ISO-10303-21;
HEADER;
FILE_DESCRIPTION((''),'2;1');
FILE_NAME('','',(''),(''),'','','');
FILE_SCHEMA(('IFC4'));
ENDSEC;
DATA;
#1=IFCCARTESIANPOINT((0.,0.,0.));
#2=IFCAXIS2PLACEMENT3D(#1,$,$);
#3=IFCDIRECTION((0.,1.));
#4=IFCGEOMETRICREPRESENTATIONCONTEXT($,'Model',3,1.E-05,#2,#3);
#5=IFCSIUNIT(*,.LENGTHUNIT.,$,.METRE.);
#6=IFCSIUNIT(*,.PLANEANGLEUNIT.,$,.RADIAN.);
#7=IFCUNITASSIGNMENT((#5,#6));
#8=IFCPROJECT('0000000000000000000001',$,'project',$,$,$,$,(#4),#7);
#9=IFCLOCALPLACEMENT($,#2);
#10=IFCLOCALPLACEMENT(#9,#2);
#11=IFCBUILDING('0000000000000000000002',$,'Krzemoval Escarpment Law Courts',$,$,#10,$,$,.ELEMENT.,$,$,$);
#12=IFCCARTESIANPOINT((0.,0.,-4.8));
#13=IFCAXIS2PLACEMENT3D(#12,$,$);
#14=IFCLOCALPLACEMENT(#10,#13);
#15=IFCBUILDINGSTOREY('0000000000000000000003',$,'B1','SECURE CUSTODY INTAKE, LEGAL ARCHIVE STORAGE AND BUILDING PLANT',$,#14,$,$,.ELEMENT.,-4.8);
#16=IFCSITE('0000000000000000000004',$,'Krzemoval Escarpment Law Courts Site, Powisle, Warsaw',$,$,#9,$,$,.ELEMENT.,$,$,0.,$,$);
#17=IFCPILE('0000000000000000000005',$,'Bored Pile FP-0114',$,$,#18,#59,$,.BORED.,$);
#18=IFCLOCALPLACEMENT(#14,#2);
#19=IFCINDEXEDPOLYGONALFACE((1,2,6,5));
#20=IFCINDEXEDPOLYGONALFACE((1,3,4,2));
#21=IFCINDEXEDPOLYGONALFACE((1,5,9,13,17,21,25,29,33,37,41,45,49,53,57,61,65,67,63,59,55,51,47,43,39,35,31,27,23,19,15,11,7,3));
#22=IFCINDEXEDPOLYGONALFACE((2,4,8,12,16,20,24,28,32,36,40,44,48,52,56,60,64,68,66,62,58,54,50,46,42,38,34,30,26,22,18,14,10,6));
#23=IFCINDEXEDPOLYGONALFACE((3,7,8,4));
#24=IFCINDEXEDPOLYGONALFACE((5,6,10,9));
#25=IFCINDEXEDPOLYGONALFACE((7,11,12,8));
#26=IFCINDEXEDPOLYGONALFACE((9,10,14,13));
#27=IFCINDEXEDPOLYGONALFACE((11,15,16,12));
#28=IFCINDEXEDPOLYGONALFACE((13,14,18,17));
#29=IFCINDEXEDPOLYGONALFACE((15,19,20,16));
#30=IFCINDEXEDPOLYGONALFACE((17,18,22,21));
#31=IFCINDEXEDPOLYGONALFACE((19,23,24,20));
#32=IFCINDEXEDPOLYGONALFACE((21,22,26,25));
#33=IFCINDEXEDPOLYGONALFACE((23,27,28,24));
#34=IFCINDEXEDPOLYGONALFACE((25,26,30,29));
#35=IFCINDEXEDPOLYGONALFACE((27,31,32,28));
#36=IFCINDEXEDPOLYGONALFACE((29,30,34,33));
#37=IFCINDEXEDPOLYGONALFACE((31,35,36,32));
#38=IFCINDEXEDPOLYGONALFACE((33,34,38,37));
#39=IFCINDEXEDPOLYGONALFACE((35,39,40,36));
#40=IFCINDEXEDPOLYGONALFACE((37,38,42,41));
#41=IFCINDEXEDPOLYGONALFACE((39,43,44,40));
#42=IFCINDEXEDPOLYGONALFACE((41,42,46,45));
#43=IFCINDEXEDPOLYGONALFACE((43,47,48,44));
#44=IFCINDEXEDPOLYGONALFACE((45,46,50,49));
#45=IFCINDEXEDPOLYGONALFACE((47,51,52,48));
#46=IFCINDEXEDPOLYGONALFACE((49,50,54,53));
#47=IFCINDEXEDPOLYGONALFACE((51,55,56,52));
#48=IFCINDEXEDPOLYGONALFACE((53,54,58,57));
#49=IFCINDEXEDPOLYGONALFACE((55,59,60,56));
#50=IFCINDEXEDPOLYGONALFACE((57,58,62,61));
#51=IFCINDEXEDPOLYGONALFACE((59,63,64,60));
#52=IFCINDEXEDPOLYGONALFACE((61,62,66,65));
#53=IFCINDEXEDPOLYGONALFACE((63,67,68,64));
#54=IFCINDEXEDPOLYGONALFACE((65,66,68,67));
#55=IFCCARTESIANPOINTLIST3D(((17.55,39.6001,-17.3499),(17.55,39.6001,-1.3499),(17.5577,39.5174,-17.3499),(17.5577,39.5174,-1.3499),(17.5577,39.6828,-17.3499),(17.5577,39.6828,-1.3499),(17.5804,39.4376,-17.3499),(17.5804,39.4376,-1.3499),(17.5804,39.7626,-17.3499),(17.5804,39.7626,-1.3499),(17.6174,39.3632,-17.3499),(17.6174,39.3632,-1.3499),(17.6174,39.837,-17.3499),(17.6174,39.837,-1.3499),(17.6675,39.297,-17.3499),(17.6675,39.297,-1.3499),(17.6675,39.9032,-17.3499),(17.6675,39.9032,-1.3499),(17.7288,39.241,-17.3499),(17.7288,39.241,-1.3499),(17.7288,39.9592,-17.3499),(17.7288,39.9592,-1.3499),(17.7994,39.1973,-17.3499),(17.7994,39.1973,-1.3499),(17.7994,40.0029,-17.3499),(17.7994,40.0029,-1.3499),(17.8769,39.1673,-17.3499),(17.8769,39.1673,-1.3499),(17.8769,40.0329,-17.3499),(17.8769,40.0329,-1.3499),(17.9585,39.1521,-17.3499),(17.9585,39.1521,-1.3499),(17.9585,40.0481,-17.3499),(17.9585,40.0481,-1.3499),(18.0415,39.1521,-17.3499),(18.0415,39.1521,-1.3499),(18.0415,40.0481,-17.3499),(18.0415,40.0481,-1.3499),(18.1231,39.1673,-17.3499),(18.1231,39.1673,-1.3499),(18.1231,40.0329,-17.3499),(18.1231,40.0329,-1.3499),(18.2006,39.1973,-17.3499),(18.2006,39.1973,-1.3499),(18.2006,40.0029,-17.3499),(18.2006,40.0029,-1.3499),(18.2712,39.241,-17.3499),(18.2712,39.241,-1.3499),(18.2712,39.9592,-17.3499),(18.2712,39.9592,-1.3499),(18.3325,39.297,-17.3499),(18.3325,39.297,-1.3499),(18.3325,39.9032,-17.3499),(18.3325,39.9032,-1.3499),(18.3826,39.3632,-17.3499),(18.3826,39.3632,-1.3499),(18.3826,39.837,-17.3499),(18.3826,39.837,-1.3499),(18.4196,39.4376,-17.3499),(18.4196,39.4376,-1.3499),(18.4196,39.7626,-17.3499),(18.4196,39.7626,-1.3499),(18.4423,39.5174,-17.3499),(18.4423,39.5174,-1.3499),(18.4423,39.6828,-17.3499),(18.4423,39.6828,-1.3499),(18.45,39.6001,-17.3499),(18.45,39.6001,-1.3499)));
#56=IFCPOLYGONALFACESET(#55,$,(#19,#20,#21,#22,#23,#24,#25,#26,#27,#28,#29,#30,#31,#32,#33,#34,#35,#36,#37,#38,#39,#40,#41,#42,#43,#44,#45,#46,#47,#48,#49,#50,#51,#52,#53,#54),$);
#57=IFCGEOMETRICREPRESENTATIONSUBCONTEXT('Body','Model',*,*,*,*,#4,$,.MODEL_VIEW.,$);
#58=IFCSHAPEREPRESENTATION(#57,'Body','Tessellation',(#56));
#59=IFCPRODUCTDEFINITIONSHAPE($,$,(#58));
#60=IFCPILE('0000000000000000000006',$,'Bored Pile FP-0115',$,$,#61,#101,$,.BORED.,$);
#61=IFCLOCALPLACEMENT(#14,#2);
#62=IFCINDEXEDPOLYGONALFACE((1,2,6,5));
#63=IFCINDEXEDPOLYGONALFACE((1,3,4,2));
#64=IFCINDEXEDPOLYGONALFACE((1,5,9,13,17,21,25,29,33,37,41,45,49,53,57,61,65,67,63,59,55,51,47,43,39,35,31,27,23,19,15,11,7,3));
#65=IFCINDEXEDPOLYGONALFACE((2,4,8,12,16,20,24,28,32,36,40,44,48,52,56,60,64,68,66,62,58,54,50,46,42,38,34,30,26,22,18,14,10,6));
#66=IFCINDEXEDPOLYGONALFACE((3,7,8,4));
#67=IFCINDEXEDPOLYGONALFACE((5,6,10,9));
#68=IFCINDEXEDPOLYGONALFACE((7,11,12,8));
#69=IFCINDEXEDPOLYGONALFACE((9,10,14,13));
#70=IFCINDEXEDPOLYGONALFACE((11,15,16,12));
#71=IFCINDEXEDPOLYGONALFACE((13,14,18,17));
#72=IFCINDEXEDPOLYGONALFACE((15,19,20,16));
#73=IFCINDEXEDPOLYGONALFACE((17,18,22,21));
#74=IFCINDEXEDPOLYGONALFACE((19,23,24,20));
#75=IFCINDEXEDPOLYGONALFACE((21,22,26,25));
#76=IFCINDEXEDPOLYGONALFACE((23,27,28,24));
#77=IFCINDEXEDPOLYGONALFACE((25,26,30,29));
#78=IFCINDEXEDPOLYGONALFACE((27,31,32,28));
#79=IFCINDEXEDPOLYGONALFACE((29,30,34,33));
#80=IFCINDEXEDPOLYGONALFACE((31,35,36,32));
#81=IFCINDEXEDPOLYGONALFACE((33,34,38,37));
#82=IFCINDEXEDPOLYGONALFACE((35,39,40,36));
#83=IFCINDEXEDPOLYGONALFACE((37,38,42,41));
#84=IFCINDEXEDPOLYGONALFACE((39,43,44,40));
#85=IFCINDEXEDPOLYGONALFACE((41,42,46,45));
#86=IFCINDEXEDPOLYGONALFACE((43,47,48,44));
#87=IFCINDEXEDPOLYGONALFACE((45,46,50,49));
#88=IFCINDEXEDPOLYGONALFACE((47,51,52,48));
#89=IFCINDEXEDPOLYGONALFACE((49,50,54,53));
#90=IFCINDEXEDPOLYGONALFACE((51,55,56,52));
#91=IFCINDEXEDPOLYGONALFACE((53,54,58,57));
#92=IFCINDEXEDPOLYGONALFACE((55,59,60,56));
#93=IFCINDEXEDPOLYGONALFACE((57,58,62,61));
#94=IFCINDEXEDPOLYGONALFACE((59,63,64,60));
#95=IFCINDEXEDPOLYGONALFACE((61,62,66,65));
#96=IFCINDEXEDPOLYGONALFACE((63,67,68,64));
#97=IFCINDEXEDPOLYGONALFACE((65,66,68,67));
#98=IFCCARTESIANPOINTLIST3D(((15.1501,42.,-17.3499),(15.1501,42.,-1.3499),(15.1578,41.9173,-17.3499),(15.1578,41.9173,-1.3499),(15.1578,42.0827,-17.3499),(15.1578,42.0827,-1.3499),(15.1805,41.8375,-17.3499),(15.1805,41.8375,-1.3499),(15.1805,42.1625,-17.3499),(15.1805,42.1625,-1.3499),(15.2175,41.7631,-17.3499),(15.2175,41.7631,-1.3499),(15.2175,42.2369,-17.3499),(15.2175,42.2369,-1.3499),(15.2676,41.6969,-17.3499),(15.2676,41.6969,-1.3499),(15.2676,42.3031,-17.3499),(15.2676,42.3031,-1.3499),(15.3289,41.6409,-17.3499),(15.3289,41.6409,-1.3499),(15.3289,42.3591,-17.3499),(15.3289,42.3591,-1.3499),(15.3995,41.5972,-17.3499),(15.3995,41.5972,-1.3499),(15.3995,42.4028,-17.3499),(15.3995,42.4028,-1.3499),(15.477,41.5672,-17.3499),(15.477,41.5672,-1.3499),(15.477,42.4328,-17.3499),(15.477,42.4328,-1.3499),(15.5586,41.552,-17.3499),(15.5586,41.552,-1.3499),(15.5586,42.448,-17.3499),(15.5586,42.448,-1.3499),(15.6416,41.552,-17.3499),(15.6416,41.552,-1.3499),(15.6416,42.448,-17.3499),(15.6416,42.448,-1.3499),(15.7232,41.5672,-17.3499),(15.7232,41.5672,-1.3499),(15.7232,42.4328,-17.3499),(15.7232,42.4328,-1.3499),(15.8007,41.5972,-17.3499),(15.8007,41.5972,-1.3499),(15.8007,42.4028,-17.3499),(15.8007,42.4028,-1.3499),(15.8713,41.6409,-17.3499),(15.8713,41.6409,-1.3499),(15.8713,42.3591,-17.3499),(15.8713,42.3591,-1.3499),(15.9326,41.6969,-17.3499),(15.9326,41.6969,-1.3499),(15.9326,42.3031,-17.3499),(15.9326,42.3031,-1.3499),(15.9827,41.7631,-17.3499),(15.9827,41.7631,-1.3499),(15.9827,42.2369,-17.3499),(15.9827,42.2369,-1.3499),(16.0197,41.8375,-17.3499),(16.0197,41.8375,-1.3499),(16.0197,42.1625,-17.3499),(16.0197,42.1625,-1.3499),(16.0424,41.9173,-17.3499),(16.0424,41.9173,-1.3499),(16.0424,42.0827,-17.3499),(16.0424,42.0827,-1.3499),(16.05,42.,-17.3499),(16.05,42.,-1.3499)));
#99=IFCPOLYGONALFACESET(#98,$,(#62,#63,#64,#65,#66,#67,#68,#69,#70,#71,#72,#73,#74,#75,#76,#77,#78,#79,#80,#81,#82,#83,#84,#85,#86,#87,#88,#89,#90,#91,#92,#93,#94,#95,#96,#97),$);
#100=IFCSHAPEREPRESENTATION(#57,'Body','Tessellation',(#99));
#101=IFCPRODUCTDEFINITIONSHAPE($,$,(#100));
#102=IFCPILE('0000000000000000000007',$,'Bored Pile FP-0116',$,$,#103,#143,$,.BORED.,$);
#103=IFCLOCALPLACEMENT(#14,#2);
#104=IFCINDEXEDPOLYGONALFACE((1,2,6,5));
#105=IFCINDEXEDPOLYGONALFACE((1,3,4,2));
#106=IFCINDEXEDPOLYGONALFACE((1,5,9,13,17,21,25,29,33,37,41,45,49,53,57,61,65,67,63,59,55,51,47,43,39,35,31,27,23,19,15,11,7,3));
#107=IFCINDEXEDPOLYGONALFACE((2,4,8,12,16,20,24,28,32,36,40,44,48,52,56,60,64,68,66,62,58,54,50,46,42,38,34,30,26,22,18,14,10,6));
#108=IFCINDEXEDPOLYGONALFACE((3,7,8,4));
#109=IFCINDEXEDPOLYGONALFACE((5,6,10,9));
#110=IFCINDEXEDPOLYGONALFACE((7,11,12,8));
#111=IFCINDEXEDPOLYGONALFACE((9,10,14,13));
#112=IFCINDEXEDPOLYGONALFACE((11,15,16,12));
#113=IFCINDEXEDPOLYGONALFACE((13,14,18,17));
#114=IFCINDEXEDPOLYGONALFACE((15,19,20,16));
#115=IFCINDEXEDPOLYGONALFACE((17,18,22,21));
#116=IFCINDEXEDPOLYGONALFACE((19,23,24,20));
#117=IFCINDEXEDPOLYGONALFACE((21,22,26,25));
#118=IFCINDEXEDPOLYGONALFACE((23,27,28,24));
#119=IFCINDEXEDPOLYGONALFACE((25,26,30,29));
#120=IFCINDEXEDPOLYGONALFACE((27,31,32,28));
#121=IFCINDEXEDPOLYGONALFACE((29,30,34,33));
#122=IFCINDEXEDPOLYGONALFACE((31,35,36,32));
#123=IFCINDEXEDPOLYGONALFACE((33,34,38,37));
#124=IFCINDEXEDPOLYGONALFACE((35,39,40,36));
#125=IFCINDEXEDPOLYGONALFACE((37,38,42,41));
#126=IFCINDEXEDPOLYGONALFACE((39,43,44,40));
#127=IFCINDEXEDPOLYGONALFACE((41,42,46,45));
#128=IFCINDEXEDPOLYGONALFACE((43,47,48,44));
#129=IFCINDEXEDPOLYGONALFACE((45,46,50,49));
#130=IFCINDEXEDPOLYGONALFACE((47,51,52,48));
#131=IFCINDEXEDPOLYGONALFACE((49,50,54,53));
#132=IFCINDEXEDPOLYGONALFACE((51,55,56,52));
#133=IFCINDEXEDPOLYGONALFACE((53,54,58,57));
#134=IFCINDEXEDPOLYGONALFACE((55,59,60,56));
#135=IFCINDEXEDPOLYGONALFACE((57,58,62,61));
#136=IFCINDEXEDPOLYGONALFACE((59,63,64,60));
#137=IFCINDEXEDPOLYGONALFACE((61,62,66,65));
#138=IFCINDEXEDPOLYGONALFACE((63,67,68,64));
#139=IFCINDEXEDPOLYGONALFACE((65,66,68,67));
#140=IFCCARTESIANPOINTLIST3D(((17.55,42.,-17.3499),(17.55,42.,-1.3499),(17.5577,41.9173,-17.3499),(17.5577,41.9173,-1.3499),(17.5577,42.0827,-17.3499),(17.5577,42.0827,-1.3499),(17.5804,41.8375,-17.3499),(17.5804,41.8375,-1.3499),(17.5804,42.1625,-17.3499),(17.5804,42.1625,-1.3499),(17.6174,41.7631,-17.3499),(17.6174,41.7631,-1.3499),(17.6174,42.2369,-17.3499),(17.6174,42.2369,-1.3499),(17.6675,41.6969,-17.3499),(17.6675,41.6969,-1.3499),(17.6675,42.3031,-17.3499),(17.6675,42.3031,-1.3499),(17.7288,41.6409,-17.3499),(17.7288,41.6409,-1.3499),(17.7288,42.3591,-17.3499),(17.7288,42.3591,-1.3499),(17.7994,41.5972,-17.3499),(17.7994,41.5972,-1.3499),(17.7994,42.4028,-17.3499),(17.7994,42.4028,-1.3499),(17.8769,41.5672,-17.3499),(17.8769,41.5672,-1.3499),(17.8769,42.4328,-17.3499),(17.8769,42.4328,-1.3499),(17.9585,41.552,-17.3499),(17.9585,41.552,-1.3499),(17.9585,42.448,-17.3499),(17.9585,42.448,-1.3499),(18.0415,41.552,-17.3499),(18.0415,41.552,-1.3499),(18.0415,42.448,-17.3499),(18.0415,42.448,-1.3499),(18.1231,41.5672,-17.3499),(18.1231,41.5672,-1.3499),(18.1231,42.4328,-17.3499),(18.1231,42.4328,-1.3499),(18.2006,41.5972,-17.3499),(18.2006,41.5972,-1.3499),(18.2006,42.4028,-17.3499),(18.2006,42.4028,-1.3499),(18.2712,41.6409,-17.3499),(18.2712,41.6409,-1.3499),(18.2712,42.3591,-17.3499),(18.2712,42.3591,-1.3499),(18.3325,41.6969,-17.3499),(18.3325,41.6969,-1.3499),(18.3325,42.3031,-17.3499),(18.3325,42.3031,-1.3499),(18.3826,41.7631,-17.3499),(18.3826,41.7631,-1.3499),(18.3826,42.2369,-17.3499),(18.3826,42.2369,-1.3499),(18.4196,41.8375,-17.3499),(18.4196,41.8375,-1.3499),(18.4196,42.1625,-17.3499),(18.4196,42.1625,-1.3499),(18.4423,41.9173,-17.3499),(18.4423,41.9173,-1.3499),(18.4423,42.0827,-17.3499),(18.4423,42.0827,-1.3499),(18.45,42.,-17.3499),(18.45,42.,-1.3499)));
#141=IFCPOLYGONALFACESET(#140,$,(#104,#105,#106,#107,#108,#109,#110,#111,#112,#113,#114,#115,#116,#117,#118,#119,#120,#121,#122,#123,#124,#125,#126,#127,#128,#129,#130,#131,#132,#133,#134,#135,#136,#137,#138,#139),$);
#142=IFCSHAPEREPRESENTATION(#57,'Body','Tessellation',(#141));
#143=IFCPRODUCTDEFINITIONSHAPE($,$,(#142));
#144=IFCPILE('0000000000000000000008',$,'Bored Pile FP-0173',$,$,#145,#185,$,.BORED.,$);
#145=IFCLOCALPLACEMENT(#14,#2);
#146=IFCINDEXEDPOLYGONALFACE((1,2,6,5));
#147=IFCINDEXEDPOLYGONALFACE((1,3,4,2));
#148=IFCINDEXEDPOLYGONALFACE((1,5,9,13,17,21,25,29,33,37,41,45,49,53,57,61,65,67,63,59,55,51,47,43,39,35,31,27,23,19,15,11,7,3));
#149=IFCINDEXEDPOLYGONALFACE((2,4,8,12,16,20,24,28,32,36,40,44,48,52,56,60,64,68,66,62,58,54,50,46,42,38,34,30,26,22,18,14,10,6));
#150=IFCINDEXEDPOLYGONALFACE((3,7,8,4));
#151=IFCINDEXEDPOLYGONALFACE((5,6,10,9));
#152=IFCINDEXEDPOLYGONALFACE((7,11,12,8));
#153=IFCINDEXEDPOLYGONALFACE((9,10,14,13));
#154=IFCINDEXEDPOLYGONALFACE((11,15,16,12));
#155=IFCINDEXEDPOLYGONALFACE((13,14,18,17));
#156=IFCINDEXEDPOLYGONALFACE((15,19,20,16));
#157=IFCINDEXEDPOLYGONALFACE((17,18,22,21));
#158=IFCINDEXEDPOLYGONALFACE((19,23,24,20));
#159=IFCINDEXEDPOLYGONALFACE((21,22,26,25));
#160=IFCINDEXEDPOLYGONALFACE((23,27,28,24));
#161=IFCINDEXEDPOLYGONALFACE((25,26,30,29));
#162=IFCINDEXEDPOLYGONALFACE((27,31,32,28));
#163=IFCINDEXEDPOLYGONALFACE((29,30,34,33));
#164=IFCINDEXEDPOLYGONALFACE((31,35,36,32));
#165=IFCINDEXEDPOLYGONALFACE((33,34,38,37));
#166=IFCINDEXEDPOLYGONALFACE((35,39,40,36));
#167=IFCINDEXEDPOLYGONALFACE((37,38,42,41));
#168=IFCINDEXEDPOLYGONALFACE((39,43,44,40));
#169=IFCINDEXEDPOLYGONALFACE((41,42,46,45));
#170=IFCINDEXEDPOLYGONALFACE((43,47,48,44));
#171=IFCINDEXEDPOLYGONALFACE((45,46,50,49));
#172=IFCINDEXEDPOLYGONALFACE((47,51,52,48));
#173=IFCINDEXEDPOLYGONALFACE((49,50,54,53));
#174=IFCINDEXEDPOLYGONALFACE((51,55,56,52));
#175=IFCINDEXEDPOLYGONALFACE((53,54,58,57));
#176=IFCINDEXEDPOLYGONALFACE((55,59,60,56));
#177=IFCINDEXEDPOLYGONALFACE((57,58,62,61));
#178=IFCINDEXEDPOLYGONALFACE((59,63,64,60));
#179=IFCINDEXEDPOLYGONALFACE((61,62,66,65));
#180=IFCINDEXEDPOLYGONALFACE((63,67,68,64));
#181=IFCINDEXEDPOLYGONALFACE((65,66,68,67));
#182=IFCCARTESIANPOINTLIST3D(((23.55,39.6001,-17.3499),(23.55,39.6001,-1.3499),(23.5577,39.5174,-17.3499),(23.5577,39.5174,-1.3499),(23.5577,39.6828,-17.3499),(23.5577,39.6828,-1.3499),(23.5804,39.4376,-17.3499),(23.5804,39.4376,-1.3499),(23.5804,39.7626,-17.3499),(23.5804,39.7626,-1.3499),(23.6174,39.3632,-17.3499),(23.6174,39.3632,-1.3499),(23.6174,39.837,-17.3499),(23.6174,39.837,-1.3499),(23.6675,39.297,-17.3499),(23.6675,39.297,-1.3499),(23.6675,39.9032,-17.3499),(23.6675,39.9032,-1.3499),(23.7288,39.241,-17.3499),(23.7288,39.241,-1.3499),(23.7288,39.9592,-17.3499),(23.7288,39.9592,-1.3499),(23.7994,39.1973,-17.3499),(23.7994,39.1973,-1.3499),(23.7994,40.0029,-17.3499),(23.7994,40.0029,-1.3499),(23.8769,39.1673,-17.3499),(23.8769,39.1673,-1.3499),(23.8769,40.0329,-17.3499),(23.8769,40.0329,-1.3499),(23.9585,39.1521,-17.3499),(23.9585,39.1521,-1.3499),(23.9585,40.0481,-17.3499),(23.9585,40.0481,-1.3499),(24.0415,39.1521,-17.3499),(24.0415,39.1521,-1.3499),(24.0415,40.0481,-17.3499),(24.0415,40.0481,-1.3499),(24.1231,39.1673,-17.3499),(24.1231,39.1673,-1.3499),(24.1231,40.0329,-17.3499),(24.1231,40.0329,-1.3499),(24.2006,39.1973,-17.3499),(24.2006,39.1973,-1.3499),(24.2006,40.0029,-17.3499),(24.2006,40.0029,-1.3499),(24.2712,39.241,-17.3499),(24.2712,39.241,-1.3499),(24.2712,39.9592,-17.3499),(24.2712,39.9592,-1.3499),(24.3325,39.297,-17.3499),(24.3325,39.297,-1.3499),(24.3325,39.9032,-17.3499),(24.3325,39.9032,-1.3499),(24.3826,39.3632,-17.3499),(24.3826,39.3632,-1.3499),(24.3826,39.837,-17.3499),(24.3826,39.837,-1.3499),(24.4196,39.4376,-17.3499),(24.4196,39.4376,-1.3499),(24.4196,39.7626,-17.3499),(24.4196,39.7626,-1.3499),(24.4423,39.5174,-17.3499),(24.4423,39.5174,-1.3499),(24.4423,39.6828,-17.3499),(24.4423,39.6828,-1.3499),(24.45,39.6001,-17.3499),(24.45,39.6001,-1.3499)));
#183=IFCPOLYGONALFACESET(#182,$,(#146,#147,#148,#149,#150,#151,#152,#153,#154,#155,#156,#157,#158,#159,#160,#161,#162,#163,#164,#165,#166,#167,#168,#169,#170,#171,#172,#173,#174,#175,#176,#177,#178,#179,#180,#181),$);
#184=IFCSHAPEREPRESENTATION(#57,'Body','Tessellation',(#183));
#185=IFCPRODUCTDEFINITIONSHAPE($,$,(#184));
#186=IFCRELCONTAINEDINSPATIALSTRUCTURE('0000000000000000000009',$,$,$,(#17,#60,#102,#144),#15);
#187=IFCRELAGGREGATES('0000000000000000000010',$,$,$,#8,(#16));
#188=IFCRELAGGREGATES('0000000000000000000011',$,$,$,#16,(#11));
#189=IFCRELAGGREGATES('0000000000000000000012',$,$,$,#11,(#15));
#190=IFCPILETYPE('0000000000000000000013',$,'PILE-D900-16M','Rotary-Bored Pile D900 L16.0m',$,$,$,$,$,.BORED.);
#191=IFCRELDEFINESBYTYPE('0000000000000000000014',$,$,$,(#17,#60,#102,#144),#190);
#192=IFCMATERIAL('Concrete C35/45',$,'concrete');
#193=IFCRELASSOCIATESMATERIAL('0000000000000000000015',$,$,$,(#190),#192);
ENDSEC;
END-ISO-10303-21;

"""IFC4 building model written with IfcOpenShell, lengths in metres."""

from ifc_helpers import new_model, si_unit, direction, frame, origin, origin_2d, place, context, subcontext, project, spatial, circle, extrude, material, material_profile, profile_set, type_object, element, save


model = new_model("IFC4")

# Units and contexts
model_context = context("Model", 3, precision=1e-05, world=origin(), true_north=direction((0.0, 1.0)))
body_context = subcontext(model_context, "Body", "Model", "MODEL_VIEW")
ifc_project = project(units=[si_unit("LENGTHUNIT", "METRE"), si_unit("PLANEANGLEUNIT", "RADIAN")], contexts=[model_context])

# Site, building, storey
site_placement = place(None, origin())
site = spatial("IfcSite", under=ifc_project, at=site_placement, Name="Krzemoval Escarpment Law Courts Site, Powisle, Warsaw", CompositionType="ELEMENT", RefElevation=0.0)
building_placement = place(site_placement, origin())
building = spatial("IfcBuilding", under=site, at=building_placement, Name="Krzemoval Escarpment Law Courts", CompositionType="ELEMENT")
storey_placement = place(building_placement, frame((0.0, 0.0, -4.8)))
storey = spatial("IfcBuildingStorey", under=building, at=storey_placement, Name="B1", Description="SECURE CUSTODY INTAKE, LEGAL ARCHIVE STORAGE AND BUILDING PLANT", CompositionType="ELEMENT", Elevation=-4.8)

# Piles
ifc_material_1 = material(Name="Concrete C35/45", Category="concrete")
ifc_material_profile_1 = material_profile(ifc_material_1, circle(Radius=0.45, at=origin_2d()), Name="PILE D900")
ifc_profile_set_1 = profile_set([ifc_material_profile_1], Name="Concrete C35/45")
pile_type_1 = type_object("IfcPileType", Name="PILE-D900-16M", Description="Rotary-Bored Pile D900 L16.0m", PredefinedType="BORED", material=ifc_profile_set_1)
for number, where, z_axis, x_axis, name in (
    (1, (18.0, 39.6001, -1.3499), (0.0, 0.0, -1.0), (1.0, 0.0, 0.0), "Bored Pile FP-0114"),
    (2, (15.6001, 42.0, -1.3499), (0.0, 0.0, -1.0), (1.0, 0.0, 0.0), "Bored Pile FP-0115"),
    (3, (18.0, 42.0, -1.3499), (0.0, 0.0, -1.0), (1.0, 0.0, 0.0), "Bored Pile FP-0116"),
    (4, (24.0, 39.6001, -1.3499), (0.0, 0.0, -1.0), (1.0, 0.0, 0.0), "Bored Pile FP-0173"),
):
    element("IfcPile", number, at=place(storey_placement, frame(where, z_axis=z_axis, x_axis=x_axis)), inside=storey, type_object=pile_type_1, Name=name, PredefinedType="BORED", context=body_context, shape_type="SweptSolid", body=[
        extrude(circle(Radius=0.45, at=origin_2d()), origin(), (0.0, 0.0, 1.0), 16.0),
    ])

save(model, "model.ifc")
